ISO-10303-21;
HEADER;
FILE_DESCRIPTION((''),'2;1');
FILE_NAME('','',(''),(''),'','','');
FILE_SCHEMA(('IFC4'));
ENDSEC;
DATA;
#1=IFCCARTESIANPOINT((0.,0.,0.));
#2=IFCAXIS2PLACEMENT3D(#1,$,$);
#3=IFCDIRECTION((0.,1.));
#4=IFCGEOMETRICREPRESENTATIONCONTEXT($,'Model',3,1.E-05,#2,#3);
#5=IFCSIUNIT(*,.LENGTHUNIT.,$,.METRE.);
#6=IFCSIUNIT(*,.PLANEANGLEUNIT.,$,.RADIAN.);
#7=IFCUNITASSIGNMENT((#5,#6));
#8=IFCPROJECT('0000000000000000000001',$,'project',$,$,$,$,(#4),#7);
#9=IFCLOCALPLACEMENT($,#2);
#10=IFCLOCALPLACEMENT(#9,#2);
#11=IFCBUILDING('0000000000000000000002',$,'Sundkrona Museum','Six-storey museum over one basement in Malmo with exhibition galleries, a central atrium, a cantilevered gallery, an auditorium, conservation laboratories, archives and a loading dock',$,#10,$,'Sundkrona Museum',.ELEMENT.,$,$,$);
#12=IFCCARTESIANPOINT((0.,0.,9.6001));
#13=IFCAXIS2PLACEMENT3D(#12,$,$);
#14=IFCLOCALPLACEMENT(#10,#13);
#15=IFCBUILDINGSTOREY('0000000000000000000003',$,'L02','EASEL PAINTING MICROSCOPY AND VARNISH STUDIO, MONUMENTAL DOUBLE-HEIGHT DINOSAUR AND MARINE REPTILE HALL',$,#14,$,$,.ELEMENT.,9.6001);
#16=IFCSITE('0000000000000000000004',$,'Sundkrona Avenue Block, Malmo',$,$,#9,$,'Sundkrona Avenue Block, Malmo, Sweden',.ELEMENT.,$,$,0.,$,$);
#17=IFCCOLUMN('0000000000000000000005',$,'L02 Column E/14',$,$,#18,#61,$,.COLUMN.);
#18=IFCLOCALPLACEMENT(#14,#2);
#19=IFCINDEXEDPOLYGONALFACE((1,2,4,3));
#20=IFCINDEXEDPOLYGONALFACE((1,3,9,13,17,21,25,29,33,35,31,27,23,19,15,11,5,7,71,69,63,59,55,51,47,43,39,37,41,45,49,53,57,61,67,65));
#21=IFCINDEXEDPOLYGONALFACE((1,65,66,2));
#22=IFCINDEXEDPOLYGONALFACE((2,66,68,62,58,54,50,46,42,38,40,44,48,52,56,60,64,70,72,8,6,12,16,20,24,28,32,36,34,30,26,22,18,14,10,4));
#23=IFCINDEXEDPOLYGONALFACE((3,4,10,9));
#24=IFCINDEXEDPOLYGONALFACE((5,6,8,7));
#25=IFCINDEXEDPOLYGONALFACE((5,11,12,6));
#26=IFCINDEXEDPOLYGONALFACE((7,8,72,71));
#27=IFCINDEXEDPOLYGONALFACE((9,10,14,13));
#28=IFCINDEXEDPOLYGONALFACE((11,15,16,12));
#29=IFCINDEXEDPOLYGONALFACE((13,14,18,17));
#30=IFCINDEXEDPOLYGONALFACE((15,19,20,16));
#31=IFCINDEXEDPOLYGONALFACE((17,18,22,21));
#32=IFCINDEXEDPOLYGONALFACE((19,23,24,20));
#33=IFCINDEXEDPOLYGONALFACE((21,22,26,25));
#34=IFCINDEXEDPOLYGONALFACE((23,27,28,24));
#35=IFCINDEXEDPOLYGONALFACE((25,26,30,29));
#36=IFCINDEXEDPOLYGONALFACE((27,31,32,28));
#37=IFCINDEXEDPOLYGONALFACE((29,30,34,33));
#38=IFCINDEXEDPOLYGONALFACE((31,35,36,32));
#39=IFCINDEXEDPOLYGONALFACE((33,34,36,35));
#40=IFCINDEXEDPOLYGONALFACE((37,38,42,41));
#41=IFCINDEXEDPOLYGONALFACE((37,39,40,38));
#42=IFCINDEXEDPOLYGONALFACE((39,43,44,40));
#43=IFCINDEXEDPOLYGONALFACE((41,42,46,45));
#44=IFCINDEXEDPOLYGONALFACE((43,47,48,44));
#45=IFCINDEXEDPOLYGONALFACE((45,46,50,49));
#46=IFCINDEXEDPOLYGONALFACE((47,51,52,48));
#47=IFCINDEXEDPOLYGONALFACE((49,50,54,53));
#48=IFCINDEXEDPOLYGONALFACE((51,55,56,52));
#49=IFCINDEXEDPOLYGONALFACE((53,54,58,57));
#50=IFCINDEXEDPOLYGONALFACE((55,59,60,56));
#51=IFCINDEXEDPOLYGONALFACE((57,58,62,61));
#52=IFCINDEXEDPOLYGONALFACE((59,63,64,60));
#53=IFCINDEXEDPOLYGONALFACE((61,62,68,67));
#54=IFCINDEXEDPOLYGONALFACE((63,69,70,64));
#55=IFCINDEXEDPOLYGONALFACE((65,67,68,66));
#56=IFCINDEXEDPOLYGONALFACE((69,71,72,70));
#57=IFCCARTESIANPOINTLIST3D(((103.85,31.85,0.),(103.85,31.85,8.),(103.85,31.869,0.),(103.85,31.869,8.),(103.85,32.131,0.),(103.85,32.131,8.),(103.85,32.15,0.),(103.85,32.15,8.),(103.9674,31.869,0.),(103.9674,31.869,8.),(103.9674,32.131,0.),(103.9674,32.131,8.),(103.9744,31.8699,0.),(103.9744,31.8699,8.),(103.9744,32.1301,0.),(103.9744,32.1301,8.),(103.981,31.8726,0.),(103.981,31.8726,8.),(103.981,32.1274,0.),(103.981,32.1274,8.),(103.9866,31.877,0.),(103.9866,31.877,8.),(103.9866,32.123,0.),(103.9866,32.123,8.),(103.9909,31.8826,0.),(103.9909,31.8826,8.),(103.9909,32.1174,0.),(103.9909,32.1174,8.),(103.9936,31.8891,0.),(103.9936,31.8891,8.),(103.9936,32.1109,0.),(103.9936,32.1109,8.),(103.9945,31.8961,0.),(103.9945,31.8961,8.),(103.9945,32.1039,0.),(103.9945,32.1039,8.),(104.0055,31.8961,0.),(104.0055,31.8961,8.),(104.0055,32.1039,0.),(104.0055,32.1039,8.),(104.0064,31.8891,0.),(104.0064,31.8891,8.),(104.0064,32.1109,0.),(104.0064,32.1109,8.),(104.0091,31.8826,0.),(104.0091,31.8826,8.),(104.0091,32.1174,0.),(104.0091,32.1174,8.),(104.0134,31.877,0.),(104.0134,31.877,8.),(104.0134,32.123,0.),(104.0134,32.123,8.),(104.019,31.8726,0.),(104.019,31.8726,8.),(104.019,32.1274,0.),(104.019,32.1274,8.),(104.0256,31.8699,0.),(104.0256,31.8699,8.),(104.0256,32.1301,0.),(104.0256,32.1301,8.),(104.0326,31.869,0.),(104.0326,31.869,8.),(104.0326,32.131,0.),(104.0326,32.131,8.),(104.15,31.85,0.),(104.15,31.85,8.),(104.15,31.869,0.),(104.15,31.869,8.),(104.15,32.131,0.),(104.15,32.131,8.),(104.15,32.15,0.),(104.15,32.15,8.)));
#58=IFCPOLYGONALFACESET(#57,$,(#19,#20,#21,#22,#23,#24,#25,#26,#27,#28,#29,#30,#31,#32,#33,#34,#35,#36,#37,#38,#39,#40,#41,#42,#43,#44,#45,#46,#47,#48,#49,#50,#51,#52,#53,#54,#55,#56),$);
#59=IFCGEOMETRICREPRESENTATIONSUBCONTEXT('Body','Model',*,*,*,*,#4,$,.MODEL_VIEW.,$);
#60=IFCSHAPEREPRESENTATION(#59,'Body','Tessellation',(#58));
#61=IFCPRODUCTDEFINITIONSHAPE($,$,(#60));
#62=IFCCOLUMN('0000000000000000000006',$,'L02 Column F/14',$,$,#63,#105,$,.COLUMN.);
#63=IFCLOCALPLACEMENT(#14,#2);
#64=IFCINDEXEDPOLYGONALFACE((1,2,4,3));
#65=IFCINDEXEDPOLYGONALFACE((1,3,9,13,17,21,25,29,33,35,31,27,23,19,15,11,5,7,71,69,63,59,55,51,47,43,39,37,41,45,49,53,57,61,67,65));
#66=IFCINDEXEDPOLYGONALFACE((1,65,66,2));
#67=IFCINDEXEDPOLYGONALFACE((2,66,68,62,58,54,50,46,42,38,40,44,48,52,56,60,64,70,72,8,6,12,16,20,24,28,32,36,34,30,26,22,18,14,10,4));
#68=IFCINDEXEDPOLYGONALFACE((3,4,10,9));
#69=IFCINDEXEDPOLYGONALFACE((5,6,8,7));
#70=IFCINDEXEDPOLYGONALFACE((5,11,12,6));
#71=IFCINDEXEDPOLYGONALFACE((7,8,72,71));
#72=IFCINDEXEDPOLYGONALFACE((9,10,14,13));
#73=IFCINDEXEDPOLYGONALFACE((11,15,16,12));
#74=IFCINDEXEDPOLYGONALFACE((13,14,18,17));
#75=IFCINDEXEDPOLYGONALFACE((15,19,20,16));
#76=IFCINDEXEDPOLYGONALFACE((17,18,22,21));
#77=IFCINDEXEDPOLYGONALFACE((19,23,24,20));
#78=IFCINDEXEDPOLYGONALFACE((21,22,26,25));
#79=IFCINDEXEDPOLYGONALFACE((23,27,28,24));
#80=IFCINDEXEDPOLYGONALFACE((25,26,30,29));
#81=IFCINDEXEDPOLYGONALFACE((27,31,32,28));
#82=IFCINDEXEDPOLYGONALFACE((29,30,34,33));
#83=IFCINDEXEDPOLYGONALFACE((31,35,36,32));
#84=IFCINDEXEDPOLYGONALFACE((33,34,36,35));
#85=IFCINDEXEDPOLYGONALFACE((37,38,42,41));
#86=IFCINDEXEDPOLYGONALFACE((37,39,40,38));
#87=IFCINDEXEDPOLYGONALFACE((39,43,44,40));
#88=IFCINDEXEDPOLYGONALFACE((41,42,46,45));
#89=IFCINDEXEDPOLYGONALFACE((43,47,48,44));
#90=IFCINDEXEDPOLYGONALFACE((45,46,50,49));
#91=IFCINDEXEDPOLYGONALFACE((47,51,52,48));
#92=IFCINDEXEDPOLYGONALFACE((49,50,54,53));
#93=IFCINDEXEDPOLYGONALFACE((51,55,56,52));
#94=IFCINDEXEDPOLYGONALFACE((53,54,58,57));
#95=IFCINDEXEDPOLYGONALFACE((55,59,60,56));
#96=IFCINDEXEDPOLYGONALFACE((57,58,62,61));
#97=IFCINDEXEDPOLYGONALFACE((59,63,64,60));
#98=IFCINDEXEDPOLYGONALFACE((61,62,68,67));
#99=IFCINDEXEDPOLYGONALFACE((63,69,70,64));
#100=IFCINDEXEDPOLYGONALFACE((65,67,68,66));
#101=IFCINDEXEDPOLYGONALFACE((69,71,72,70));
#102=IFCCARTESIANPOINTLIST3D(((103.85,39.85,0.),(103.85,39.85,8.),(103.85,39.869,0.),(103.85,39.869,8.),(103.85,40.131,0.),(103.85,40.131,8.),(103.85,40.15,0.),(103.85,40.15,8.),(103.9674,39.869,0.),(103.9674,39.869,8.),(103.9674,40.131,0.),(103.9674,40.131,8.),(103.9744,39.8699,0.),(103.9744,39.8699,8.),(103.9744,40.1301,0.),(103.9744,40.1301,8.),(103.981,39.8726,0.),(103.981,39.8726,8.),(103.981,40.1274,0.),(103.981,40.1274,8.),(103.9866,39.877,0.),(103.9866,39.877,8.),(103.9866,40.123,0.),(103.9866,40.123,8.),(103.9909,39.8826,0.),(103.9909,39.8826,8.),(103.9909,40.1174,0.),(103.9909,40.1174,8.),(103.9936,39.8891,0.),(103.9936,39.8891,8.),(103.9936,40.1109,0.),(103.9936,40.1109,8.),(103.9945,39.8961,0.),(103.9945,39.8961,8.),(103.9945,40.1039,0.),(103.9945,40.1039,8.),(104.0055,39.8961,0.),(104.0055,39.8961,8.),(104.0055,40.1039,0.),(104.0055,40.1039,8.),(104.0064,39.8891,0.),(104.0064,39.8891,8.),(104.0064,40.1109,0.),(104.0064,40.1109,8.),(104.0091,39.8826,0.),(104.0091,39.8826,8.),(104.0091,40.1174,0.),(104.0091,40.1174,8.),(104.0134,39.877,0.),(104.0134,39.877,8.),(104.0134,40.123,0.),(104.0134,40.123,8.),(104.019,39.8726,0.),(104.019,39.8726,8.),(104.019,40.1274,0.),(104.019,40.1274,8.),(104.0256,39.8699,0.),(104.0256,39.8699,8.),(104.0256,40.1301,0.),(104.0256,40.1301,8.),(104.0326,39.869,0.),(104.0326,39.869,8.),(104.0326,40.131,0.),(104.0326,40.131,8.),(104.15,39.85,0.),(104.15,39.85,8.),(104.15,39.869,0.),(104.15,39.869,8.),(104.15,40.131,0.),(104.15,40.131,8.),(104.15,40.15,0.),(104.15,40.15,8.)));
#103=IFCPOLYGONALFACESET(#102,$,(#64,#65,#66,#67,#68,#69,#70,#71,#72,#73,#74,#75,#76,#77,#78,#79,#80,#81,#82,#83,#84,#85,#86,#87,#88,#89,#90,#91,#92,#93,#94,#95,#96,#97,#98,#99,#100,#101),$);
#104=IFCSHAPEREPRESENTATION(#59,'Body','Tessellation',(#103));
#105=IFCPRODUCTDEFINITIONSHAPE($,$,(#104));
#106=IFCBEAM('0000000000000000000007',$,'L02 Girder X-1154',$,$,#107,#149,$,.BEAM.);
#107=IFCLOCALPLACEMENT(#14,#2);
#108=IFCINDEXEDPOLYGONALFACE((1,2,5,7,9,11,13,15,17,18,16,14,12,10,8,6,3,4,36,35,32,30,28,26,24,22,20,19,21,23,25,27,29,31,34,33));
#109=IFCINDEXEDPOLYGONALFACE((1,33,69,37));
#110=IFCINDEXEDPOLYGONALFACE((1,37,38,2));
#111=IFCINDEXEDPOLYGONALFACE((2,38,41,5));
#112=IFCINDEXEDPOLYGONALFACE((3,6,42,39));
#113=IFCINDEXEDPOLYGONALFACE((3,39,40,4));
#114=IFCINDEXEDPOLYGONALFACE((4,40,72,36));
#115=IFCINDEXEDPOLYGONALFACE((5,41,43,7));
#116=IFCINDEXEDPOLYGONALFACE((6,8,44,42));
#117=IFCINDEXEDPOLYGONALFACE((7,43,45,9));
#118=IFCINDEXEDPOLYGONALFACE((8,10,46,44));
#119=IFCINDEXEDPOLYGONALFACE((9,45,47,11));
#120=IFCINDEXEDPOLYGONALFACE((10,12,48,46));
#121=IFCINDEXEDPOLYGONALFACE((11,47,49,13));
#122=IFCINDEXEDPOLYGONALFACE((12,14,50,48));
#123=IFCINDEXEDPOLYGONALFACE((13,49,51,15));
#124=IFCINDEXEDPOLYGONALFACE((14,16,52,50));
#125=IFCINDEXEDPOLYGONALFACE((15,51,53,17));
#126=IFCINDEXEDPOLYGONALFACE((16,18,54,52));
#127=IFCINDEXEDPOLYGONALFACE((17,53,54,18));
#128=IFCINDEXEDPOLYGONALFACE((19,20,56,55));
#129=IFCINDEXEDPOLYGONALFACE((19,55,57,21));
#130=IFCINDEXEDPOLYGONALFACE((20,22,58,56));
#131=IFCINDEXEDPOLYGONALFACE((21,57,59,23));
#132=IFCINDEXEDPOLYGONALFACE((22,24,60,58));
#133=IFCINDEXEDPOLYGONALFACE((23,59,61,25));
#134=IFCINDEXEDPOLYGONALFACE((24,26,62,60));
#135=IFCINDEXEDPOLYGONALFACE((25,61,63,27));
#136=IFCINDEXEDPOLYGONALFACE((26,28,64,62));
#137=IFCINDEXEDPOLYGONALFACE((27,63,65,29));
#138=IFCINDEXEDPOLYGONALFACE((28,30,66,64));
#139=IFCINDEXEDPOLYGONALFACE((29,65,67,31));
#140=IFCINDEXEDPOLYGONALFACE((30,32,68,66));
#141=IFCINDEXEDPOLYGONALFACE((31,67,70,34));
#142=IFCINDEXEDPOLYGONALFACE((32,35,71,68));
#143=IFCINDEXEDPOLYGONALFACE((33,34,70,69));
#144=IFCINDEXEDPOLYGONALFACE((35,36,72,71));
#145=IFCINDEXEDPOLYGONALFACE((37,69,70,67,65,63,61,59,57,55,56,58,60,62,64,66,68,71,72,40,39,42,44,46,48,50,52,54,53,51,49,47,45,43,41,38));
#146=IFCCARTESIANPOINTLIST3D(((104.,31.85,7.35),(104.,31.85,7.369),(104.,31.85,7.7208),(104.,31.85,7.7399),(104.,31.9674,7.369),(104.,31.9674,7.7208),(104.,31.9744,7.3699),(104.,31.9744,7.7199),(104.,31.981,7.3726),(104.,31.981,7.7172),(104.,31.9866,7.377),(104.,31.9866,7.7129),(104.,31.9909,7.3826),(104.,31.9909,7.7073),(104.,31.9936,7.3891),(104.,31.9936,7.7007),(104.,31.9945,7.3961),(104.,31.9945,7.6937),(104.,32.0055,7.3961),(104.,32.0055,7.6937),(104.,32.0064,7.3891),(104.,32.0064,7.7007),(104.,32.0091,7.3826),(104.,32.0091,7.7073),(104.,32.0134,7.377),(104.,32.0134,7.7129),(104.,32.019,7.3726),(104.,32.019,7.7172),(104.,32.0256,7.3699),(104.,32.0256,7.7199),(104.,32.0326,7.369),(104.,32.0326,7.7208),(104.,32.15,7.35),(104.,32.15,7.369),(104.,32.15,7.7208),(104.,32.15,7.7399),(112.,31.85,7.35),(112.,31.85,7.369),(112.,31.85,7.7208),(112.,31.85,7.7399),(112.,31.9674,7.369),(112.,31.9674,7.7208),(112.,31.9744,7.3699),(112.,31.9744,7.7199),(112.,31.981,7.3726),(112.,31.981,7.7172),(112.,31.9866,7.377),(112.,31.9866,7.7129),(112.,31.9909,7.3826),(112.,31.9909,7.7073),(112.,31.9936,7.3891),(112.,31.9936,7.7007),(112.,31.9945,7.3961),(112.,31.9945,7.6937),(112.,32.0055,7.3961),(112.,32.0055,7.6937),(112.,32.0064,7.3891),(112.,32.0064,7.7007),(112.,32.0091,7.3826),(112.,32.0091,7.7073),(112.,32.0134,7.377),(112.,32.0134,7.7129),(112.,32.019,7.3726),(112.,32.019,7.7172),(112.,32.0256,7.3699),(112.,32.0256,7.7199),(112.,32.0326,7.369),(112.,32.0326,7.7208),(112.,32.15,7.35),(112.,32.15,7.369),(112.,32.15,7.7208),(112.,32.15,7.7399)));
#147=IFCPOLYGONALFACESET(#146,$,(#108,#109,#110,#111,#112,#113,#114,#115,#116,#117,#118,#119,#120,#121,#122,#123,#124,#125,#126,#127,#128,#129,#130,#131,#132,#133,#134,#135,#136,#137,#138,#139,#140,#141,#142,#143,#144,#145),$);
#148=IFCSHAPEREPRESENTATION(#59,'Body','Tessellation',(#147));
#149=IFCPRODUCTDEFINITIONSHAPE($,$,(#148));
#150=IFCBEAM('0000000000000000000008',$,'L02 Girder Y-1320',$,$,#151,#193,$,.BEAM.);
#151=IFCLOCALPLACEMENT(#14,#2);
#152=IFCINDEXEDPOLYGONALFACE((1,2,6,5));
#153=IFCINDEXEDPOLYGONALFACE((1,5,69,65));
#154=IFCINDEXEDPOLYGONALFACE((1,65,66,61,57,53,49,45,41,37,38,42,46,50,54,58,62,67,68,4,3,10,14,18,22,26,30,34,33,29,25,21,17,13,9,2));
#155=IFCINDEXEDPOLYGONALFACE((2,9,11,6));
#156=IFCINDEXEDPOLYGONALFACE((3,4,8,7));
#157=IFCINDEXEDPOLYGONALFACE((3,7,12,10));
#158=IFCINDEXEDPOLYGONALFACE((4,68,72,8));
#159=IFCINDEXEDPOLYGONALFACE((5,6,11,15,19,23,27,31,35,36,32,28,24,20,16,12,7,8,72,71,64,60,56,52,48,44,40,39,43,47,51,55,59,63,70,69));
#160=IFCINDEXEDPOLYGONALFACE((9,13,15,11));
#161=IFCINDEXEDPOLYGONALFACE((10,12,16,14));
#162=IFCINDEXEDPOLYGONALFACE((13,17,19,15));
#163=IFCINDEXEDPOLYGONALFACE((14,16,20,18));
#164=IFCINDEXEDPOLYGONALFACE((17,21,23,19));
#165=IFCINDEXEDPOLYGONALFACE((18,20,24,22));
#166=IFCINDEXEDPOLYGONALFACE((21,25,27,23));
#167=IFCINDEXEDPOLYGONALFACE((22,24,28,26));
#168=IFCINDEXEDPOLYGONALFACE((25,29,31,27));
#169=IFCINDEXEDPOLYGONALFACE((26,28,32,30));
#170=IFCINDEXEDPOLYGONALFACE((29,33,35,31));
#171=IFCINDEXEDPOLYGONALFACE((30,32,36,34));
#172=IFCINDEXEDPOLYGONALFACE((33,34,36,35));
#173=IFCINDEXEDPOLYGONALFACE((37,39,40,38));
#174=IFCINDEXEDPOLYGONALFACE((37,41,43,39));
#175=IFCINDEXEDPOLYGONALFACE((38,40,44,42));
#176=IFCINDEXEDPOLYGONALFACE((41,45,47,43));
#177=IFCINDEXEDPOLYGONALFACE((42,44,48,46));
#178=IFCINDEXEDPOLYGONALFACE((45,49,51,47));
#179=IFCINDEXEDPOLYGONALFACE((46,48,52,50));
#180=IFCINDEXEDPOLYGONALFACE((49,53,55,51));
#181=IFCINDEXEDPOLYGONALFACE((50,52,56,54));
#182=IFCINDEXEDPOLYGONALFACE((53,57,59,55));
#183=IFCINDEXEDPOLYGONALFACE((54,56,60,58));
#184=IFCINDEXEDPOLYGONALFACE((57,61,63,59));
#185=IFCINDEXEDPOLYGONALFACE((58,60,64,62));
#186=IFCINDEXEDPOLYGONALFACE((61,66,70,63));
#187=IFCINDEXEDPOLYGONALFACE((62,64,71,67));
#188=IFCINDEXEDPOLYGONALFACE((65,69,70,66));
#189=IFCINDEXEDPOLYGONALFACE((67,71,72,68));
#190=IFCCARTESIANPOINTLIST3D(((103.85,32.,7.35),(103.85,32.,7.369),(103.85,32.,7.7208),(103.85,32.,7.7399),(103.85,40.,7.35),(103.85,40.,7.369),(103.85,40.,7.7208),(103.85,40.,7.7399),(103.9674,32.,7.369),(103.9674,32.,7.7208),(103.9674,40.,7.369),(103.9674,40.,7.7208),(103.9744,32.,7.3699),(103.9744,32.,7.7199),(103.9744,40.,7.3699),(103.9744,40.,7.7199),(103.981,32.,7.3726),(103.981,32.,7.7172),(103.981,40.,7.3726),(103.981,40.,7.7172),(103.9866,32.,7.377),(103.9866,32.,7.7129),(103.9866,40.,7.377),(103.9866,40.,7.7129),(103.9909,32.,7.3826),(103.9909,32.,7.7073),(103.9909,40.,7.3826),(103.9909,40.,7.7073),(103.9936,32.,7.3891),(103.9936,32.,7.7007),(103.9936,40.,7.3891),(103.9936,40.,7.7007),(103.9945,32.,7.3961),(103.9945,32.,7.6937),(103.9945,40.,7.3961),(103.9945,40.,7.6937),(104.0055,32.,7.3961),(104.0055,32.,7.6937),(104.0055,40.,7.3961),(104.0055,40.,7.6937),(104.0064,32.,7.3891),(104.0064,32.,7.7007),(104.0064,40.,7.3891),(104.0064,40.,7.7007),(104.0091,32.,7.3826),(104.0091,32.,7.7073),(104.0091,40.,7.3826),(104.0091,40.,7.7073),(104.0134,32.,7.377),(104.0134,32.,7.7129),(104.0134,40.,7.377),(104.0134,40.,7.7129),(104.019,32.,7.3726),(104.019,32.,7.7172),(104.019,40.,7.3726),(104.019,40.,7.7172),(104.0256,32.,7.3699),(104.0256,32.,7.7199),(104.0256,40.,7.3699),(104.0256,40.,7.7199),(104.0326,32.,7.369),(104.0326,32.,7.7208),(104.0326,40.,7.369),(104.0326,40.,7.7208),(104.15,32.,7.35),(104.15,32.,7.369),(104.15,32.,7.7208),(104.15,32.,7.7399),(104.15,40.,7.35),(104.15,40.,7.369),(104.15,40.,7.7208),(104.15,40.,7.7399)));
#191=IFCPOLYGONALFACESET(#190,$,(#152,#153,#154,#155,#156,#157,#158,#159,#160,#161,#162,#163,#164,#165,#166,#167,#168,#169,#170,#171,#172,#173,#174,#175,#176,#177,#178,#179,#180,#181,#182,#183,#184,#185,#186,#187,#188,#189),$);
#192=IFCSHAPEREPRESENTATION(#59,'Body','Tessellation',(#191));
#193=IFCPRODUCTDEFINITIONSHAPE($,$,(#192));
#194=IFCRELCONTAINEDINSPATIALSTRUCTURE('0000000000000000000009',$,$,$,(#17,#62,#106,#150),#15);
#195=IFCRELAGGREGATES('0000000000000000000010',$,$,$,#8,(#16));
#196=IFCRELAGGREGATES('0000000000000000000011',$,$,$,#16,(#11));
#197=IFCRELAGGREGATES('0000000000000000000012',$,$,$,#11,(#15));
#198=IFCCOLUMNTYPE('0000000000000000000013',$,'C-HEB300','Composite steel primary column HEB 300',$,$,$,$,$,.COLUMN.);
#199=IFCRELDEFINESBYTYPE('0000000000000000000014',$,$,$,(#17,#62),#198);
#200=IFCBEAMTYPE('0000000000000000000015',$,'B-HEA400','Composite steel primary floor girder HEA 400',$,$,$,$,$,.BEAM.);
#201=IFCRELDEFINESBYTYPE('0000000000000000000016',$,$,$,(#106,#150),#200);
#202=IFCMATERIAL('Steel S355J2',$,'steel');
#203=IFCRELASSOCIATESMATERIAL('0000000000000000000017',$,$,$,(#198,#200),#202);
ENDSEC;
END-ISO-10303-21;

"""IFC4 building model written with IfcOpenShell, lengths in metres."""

from ifc_helpers import new_model, si_unit, direction, frame, origin, origin_2d, place, context, subcontext, project, spatial, i_section, extrude, material, material_profile, profile_set, type_object, element, save


model = new_model("IFC4")

# Units and contexts
model_context = context("Model", 3, precision=1e-05, world=origin(), true_north=direction((0.0, 1.0)))
body_context = subcontext(model_context, "Body", "Model", "MODEL_VIEW")
ifc_project = project(units=[si_unit("LENGTHUNIT", "METRE"), si_unit("PLANEANGLEUNIT", "RADIAN")], contexts=[model_context])

# Site, building, storey
site_placement = place(None, origin())
site = spatial("IfcSite", under=ifc_project, at=site_placement, Name="Sundkrona Avenue Block, Malmo", LongName="Sundkrona Avenue Block, Malmo, Sweden", CompositionType="ELEMENT", RefElevation=0.0)
building_placement = place(site_placement, origin())
building = spatial("IfcBuilding", under=site, at=building_placement, Name="Sundkrona Museum", Description="Six-storey museum over one basement in Malmo with exhibition galleries, a central atrium, a cantilevered gallery, an auditorium, conservation laboratories, archives and a loading dock", LongName="Sundkrona Museum", CompositionType="ELEMENT")
storey_placement = place(building_placement, frame((0.0, 0.0, 9.6001)))
storey = spatial("IfcBuildingStorey", under=building, at=storey_placement, Name="L02", Description="EASEL PAINTING MICROSCOPY AND VARNISH STUDIO, MONUMENTAL DOUBLE-HEIGHT DINOSAUR AND MARINE REPTILE HALL", CompositionType="ELEMENT", Elevation=9.6001)

# Columns
ifc_material_1 = material(Name="Steel S355J2", Category="steel")
ifc_material_profile_1 = material_profile(ifc_material_1, i_section(OverallWidth=0.3, OverallDepth=0.3, WebThickness=0.011, FlangeThickness=0.019, FilletRadius=0.0271, at=origin_2d()), Name="HEB 300")
ifc_profile_set_1 = profile_set([ifc_material_profile_1], Name="Steel S355J2")
column_type = type_object("IfcColumnType", Name="C-HEB300", Description="Composite steel primary column HEB 300", PredefinedType="COLUMN", material=ifc_profile_set_1)
for number, where, z_axis, x_axis, name in (
    (1, (104.0, 32.0, 0.0), (0.0, 0.0, 1.0), (1.0, 0.0, 0.0), "L02 Column E/14"),
    (2, (104.0, 40.0, 0.0), (0.0, 0.0, 1.0), (1.0, 0.0, 0.0), "L02 Column F/14"),
):
    element("IfcColumn", number, at=place(storey_placement, frame(where, z_axis=z_axis, x_axis=x_axis)), inside=storey, type_object=column_type, Name=name, PredefinedType="COLUMN", context=body_context, shape_type="SweptSolid", body=[
        extrude(i_section(OverallWidth=0.3, OverallDepth=0.3, WebThickness=0.011, FlangeThickness=0.019, FilletRadius=0.0271, at=origin_2d()), origin(), (0.0, 0.0, 1.0), 8.0),
    ])

# Beams
ifc_material_profile_2 = material_profile(ifc_material_1, i_section(OverallWidth=0.3, OverallDepth=0.3899, WebThickness=0.011, FlangeThickness=0.019, FilletRadius=0.0271, at=origin_2d()), Name="HEA 400")
ifc_profile_set_2 = profile_set([ifc_material_profile_2], Name="Steel S355J2")
beam_type_1 = type_object("IfcBeamType", Name="B-HEA400", Description="Composite steel primary floor girder HEA 400", PredefinedType="BEAM", material=ifc_profile_set_2)
for number, where, z_axis, x_axis, name in (
    (3, (104.0, 32.0, 7.5449), (1.0, 0.0, 0.0), (0.0, 1.0, 0.0), "L02 Girder X-1154"),
    (4, (104.0, 32.0, 7.5449), (0.0, 1.0, 0.0), (-1.0, 0.0, 0.0), "L02 Girder Y-1320"),
):
    element("IfcBeam", number, at=place(storey_placement, frame(where, z_axis=z_axis, x_axis=x_axis)), inside=storey, type_object=beam_type_1, Name=name, PredefinedType="BEAM", context=body_context, shape_type="SweptSolid", body=[
        extrude(i_section(OverallWidth=0.3, OverallDepth=0.3899, WebThickness=0.011, FlangeThickness=0.019, FilletRadius=0.0271, at=origin_2d()), origin(), (0.0, 0.0, 1.0), 8.0),
    ])

save(model, "model.ifc")
